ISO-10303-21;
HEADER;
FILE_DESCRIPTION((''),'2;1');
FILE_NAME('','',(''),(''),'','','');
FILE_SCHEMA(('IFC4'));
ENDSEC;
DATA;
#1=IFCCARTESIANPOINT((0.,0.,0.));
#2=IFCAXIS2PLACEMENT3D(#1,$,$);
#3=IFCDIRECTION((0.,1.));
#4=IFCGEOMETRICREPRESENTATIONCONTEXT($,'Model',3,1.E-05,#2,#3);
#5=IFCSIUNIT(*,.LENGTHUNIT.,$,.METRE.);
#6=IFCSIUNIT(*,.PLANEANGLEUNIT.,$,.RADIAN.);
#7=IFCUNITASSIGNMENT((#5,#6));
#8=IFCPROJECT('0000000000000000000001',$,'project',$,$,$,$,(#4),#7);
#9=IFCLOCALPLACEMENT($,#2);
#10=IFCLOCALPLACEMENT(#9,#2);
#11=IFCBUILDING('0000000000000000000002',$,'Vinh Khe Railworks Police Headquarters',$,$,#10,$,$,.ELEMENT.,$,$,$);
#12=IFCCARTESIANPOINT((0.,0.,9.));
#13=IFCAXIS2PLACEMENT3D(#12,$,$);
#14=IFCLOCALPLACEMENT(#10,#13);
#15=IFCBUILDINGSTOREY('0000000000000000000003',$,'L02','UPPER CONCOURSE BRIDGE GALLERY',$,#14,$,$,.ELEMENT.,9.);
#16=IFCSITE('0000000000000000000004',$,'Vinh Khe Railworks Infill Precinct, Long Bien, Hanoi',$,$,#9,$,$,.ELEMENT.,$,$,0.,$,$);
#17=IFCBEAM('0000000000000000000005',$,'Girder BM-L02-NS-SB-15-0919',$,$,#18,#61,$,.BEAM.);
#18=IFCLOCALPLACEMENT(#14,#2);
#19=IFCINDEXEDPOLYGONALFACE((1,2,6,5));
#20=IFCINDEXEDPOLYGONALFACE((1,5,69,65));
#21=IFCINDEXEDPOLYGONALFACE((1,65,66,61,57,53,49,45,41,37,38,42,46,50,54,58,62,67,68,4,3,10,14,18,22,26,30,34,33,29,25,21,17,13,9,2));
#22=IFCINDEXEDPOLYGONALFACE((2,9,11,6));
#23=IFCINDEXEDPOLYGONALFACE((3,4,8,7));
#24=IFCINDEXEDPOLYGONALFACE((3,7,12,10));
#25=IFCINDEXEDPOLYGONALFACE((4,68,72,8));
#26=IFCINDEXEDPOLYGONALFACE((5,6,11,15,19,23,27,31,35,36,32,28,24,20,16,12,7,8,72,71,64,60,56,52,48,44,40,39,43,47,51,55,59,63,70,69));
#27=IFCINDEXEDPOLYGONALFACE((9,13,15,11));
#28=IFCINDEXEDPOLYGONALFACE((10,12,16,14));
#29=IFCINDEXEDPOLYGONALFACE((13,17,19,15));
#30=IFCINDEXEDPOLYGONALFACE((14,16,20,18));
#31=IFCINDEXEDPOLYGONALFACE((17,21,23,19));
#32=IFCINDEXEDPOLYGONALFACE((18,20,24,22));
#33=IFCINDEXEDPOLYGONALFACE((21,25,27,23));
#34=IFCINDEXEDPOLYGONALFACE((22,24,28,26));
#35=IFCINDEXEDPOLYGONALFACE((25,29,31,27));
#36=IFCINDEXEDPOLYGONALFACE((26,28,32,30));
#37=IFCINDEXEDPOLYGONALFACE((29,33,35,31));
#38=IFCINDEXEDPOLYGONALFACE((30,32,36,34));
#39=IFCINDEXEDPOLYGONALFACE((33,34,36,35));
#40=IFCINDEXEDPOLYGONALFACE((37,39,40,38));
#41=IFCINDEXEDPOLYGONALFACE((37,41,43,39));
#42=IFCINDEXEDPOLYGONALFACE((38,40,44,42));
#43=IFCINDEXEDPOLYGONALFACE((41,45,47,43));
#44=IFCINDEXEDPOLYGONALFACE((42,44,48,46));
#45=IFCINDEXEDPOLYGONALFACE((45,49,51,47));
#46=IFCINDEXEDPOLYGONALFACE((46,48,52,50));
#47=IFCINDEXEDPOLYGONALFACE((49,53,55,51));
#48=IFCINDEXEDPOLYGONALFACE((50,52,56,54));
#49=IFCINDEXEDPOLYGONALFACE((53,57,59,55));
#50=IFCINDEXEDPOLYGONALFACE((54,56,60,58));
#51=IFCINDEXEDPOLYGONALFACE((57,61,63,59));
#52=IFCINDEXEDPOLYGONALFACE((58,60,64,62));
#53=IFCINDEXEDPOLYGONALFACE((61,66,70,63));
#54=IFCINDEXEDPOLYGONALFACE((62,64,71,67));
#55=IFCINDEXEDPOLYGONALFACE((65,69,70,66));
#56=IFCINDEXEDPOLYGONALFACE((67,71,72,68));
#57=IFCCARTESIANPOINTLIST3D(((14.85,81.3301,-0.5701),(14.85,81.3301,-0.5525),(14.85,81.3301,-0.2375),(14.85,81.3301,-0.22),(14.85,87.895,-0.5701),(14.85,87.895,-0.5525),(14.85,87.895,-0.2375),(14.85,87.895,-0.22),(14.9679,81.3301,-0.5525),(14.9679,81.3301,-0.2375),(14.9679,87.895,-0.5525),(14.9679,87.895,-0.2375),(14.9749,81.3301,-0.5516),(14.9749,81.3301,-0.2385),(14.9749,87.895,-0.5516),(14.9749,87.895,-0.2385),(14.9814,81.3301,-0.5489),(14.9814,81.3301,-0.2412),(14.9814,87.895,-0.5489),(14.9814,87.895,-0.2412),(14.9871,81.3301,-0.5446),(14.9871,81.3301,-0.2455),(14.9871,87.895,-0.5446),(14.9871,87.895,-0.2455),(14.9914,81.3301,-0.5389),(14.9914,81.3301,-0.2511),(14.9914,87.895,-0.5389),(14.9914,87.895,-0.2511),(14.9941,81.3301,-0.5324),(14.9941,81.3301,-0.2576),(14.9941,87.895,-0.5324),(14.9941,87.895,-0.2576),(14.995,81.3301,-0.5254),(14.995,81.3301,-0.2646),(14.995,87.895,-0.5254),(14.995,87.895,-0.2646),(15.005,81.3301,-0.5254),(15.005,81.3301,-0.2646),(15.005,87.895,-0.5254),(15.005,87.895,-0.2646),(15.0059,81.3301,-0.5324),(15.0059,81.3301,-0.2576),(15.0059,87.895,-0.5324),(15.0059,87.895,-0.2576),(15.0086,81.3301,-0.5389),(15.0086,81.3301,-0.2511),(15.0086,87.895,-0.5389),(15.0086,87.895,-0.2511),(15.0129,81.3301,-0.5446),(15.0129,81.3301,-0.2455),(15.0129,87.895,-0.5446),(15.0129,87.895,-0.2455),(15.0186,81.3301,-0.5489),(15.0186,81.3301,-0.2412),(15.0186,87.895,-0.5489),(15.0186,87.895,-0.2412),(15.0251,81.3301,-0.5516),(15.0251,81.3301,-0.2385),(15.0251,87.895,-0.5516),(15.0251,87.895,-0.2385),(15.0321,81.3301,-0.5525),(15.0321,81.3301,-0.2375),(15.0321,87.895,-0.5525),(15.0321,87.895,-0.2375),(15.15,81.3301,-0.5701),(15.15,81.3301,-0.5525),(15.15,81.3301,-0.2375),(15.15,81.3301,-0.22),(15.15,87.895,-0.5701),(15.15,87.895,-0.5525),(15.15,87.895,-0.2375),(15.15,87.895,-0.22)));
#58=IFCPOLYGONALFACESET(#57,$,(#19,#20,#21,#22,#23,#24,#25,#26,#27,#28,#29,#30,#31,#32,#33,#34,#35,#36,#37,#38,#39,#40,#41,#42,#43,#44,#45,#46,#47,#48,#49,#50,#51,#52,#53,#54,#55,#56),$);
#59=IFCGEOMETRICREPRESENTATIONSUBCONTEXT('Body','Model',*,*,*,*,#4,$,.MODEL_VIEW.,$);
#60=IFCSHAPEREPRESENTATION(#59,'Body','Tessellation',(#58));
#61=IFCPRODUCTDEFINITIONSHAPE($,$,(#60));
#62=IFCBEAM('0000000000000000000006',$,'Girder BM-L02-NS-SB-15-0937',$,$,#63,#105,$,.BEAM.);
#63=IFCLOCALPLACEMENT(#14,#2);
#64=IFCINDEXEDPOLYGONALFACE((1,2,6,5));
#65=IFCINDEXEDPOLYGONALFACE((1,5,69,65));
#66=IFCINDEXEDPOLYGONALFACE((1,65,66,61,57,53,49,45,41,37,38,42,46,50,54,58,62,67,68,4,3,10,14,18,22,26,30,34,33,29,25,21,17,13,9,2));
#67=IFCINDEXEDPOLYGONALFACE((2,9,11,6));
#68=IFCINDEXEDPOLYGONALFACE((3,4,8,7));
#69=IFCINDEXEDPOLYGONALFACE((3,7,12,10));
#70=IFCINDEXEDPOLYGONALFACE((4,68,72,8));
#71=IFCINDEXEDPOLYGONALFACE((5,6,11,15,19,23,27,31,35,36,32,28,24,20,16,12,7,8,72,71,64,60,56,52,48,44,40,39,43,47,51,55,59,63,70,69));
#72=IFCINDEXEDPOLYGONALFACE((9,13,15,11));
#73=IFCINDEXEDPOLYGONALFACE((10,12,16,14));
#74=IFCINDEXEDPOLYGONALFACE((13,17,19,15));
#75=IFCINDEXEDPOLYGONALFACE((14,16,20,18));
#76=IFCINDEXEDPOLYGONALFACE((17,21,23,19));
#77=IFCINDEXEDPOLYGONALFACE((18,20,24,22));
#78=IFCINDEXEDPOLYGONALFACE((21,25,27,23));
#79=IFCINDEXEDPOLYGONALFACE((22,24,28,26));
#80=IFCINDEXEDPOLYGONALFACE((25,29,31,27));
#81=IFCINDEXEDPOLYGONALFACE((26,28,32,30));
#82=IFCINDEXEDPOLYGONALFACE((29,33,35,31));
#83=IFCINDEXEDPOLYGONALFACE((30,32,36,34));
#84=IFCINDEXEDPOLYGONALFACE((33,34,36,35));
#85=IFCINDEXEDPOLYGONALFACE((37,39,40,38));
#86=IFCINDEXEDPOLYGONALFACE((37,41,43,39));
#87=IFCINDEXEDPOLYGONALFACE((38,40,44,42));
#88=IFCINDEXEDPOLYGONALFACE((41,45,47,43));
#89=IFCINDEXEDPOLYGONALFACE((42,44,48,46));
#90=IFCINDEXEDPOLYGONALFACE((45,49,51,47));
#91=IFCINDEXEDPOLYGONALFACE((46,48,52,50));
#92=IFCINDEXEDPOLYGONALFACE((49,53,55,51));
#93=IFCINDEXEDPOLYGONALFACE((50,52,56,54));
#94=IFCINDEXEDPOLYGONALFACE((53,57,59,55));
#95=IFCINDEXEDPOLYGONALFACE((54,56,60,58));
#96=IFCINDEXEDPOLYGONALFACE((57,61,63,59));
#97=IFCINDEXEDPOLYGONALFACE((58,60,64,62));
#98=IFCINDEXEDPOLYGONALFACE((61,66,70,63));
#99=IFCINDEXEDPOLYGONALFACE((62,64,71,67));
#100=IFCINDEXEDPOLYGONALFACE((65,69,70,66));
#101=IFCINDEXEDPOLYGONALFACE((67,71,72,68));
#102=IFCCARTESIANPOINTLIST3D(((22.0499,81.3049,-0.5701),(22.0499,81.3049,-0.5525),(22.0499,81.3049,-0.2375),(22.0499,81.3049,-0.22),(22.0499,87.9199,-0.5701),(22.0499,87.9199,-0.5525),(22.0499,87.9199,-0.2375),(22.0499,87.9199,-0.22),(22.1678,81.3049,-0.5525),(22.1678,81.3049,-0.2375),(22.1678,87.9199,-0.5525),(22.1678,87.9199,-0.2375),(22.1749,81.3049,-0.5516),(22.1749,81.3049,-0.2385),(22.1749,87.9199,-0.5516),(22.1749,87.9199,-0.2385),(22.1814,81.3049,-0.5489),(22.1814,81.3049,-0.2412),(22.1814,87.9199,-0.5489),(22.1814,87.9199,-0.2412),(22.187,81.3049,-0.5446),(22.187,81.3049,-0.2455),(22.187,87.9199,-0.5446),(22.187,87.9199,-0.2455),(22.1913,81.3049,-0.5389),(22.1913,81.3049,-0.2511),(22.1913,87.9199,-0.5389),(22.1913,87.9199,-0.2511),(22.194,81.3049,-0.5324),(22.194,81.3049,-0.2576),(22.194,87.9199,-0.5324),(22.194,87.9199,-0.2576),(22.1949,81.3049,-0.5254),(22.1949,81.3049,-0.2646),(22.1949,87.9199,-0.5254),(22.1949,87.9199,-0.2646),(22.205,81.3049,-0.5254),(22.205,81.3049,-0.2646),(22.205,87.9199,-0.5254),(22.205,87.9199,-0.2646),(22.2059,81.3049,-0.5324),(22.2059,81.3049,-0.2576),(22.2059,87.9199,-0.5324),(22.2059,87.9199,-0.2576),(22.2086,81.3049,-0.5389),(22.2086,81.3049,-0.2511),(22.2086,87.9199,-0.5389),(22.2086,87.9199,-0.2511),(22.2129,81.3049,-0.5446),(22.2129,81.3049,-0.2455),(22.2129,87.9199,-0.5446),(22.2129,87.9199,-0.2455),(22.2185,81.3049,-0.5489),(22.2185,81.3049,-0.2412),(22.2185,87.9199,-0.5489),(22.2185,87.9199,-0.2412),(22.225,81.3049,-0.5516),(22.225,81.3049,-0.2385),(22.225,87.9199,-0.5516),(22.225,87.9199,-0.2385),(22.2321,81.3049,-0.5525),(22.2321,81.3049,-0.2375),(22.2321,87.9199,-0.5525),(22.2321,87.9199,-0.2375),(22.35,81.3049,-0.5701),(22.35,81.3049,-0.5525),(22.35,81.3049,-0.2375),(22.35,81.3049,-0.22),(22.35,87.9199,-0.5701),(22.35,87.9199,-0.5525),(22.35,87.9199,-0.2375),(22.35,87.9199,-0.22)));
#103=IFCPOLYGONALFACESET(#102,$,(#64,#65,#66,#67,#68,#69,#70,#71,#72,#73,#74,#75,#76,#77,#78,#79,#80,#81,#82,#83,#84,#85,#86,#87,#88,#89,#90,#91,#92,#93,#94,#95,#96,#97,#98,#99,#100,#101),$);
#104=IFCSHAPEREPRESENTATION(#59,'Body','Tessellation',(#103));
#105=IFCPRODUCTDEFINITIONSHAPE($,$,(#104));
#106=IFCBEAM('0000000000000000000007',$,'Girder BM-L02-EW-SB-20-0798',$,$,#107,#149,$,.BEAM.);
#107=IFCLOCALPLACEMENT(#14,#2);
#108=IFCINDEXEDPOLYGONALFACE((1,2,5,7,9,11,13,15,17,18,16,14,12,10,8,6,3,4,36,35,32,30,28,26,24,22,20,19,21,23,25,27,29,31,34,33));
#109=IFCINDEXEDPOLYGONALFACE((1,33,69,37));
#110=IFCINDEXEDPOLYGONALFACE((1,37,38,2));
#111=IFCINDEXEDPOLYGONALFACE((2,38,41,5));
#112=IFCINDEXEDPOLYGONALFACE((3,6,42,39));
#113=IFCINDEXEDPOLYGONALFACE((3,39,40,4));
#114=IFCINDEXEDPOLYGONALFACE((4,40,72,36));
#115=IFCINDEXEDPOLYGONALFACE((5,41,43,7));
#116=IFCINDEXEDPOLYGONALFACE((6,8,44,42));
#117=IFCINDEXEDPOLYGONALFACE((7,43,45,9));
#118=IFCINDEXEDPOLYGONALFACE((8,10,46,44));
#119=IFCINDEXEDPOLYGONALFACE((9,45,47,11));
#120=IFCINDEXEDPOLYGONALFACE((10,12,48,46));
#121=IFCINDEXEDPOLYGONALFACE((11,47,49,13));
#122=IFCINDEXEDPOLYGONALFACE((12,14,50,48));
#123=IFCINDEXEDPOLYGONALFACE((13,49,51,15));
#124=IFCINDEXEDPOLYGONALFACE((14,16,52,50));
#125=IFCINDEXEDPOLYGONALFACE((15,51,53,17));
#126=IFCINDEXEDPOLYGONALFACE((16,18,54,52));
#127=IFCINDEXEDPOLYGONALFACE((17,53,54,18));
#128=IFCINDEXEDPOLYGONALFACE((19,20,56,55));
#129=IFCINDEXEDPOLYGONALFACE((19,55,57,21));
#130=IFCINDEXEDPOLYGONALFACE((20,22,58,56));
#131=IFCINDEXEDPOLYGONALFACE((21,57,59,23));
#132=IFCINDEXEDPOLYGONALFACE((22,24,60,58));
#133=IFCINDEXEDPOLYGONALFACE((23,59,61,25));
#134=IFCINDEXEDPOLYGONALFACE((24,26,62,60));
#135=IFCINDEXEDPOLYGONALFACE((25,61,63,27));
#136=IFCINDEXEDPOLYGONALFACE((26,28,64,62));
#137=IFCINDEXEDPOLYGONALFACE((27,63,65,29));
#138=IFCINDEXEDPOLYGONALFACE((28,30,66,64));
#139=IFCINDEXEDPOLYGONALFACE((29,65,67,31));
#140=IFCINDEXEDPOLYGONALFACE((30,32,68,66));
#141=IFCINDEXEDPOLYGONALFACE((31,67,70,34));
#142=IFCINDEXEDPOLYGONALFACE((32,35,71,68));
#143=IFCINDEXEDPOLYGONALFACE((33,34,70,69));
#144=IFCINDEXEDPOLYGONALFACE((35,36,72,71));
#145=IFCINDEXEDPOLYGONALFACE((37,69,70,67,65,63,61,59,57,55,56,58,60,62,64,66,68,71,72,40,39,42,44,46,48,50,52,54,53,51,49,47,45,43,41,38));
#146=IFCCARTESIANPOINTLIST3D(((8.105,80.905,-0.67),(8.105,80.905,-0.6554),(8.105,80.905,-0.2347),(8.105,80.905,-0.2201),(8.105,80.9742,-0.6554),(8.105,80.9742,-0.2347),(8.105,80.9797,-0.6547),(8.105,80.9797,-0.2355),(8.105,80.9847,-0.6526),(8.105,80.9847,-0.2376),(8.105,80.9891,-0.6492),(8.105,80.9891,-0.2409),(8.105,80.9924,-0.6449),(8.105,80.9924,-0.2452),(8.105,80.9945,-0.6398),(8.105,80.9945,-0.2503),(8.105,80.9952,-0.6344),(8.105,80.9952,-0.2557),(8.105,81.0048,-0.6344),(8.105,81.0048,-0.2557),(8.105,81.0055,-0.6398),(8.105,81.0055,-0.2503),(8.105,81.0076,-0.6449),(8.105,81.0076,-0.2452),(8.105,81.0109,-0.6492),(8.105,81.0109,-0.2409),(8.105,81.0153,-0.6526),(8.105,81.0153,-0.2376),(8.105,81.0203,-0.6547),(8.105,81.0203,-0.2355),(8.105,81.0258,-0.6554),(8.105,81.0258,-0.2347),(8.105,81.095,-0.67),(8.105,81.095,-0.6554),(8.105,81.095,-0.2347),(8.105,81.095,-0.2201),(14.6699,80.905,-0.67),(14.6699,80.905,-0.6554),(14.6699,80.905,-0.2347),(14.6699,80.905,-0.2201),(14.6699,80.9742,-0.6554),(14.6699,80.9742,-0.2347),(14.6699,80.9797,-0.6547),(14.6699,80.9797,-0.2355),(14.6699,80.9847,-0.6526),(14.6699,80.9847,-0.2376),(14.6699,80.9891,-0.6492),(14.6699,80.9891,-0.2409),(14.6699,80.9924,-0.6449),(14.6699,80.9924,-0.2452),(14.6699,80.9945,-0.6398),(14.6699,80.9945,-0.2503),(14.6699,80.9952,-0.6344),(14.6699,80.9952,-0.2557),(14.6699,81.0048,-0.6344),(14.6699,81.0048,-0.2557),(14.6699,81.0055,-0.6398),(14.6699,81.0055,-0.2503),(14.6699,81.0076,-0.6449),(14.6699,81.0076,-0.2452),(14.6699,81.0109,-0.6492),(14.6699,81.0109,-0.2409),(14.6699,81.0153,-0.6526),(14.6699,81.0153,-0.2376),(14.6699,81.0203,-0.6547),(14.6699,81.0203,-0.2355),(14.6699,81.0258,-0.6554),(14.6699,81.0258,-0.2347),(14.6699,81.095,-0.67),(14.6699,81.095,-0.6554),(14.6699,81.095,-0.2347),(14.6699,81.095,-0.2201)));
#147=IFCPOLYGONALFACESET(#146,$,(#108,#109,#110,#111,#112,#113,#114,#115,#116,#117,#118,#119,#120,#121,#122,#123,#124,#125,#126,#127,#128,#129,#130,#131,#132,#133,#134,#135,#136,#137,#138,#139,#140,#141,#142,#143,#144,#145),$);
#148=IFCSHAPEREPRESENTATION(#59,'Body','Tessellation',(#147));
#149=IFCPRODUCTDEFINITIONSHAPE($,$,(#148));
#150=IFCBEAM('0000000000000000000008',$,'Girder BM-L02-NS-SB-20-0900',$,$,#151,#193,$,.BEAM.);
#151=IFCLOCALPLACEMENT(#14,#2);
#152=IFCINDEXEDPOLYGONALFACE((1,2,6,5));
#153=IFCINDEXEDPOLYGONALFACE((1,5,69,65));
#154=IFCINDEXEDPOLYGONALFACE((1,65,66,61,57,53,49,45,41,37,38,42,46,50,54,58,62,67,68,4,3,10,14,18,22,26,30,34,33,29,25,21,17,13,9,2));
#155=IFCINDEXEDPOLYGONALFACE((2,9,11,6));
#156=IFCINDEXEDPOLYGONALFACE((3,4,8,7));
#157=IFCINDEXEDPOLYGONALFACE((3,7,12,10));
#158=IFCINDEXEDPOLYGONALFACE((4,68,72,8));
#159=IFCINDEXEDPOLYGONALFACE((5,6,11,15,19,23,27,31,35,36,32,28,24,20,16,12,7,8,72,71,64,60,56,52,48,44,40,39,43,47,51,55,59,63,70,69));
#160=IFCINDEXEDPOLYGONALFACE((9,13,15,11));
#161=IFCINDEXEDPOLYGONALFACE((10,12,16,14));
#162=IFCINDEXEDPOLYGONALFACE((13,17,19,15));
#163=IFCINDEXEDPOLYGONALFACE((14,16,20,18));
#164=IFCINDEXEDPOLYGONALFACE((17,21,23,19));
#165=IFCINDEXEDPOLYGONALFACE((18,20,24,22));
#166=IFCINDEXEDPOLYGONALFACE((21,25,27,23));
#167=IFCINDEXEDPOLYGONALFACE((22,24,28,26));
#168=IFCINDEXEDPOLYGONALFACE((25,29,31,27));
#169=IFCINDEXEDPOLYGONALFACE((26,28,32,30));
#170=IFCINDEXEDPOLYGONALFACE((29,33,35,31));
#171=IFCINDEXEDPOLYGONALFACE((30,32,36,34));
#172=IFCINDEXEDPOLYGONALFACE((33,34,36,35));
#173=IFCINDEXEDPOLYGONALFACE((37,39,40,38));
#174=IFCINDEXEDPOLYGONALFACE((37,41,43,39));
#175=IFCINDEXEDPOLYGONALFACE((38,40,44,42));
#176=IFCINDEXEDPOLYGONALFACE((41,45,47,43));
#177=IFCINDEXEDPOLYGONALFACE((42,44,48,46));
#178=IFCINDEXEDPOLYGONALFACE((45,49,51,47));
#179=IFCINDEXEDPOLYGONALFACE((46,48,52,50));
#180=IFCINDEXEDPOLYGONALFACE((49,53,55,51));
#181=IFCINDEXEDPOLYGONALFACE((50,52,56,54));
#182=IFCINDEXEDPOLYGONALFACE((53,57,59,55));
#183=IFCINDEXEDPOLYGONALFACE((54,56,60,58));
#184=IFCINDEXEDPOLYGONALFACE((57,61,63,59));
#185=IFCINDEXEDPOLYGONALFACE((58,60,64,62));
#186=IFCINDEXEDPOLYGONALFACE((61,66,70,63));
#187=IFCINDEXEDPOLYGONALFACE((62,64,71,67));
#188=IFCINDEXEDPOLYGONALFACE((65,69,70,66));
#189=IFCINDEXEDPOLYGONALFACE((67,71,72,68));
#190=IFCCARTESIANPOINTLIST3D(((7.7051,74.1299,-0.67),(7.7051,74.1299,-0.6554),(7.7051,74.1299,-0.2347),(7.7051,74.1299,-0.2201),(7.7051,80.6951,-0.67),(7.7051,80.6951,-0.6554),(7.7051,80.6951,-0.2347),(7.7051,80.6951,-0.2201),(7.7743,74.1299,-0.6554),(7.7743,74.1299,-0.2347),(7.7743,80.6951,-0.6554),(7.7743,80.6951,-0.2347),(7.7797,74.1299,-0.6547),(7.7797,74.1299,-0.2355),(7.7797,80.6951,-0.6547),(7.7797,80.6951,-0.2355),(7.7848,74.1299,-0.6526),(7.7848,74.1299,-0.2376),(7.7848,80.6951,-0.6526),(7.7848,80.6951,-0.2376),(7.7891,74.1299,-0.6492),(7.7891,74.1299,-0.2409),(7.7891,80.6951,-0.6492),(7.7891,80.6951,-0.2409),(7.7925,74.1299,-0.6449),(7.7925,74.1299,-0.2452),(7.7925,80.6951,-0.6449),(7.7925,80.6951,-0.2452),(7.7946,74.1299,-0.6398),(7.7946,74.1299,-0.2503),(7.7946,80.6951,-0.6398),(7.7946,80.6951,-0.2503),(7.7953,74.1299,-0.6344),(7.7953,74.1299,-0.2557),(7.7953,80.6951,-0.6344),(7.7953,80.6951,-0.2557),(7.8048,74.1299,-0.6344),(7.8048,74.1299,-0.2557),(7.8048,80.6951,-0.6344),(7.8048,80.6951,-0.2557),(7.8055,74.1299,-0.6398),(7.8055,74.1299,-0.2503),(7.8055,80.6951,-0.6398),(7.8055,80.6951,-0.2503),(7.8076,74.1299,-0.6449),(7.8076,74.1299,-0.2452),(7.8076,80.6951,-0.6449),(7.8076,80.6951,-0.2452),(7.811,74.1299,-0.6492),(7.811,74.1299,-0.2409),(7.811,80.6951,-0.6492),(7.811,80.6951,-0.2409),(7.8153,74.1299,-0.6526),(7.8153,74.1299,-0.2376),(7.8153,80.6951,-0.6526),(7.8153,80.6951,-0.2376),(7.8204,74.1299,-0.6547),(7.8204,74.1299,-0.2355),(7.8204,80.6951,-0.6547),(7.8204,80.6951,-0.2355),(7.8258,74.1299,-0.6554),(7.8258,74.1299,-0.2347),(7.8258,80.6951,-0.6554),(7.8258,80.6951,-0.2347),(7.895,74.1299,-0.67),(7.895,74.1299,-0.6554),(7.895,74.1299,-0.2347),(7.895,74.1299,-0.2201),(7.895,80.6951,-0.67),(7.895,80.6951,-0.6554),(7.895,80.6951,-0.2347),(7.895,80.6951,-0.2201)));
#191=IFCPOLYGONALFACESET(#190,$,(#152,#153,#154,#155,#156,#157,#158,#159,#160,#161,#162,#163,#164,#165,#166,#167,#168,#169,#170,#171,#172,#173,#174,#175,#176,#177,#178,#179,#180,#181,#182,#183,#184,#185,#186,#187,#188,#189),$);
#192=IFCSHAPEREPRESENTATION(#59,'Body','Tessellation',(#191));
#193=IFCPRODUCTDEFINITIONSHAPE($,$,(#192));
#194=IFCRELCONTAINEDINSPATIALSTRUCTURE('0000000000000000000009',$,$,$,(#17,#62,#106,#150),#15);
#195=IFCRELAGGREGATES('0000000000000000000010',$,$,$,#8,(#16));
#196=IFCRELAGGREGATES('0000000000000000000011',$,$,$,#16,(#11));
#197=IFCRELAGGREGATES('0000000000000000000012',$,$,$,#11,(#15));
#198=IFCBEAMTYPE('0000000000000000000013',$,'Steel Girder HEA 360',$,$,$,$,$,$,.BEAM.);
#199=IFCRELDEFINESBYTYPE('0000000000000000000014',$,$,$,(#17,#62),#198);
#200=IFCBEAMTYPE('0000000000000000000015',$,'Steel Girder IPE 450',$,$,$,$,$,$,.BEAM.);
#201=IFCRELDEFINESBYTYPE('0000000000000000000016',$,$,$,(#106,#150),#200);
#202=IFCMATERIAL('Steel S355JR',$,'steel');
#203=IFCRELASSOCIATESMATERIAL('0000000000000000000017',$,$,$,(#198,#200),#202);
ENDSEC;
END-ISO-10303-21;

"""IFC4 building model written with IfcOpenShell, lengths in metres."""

from ifc_helpers import new_model, si_unit, direction, frame, origin, origin_2d, place, context, subcontext, project, spatial, i_section, extrude, material, material_profile, profile_set, type_object, element, save


model = new_model("IFC4")

# Units and contexts
model_context = context("Model", 3, precision=1e-05, world=origin(), true_north=direction((0.0, 1.0)))
body_context = subcontext(model_context, "Body", "Model", "MODEL_VIEW")
ifc_project = project(units=[si_unit("LENGTHUNIT", "METRE"), si_unit("PLANEANGLEUNIT", "RADIAN")], contexts=[model_context])

# Site, building, storey
site_placement = place(None, origin())
site = spatial("IfcSite", under=ifc_project, at=site_placement, Name="Vinh Khe Railworks Infill Precinct, Long Bien, Hanoi", CompositionType="ELEMENT", RefElevation=0.0)
building_placement = place(site_placement, origin())
building = spatial("IfcBuilding", under=site, at=building_placement, Name="Vinh Khe Railworks Police Headquarters", CompositionType="ELEMENT")
storey_placement = place(building_placement, frame((0.0, 0.0, 9.0)))
storey = spatial("IfcBuildingStorey", under=building, at=storey_placement, Name="L02", Description="UPPER CONCOURSE BRIDGE GALLERY", CompositionType="ELEMENT", Elevation=9.0)

# Shared definitions
ifc_material_1 = material(Name="Steel S355JR", Category="steel")

# Beams
ifc_material_profile_1 = material_profile(ifc_material_1, i_section(OverallWidth=0.3, OverallDepth=0.3501, WebThickness=0.01, FlangeThickness=0.0176, FilletRadius=0.0271, at=origin_2d()), Name="HEA 360")
ifc_profile_set_1 = profile_set([ifc_material_profile_1], Name="Steel S355JR")
beam_type_1 = type_object("IfcBeamType", Name="Steel Girder HEA 360", PredefinedType="BEAM", material=ifc_profile_set_1)
beam_1_placement = place(storey_placement, frame((15.0, 81.3301, -0.395), z_axis=(0.0, 1.0, 0.0), x_axis=(-1.0, 0.0, 0.0)))
element("IfcBeam", 1, at=beam_1_placement, inside=storey, type_object=beam_type_1, Name="Girder BM-L02-NS-SB-15-0919", PredefinedType="BEAM", context=body_context, shape_type="SweptSolid", body=[
    extrude(i_section(OverallWidth=0.3, OverallDepth=0.3501, WebThickness=0.01, FlangeThickness=0.0176, FilletRadius=0.0271, at=origin_2d()), origin(), (0.0, 0.0, 1.0), 6.5649),
])
beam_2_placement = place(storey_placement, frame((22.2, 81.3049, -0.395), z_axis=(0.0, 1.0, 0.0), x_axis=(-1.0, 0.0, 0.0)))
element("IfcBeam", 2, at=beam_2_placement, inside=storey, type_object=beam_type_1, Name="Girder BM-L02-NS-SB-15-0937", PredefinedType="BEAM", context=body_context, shape_type="SweptSolid", body=[
    extrude(i_section(OverallWidth=0.3, OverallDepth=0.3501, WebThickness=0.01, FlangeThickness=0.0176, FilletRadius=0.0271, at=origin_2d()), origin(), (0.0, 0.0, 1.0), 6.615),
])
ifc_material_profile_2 = material_profile(ifc_material_1, i_section(OverallWidth=0.1899, OverallDepth=0.45, WebThickness=0.0095, FlangeThickness=0.0146, FilletRadius=0.021, at=origin_2d()), Name="IPE 450")
ifc_profile_set_2 = profile_set([ifc_material_profile_2], Name="Steel S355JR")
beam_type_2 = type_object("IfcBeamType", Name="Steel Girder IPE 450", PredefinedType="BEAM", material=ifc_profile_set_2)
beam_3_placement = place(storey_placement, frame((8.105, 81.0, -0.4451), z_axis=(1.0, 0.0, 0.0), x_axis=(0.0, 1.0, 0.0)))
element("IfcBeam", 3, at=beam_3_placement, inside=storey, type_object=beam_type_2, Name="Girder BM-L02-EW-SB-20-0798", PredefinedType="BEAM", context=body_context, shape_type="SweptSolid", body=[
    extrude(i_section(OverallWidth=0.1899, OverallDepth=0.45, WebThickness=0.0095, FlangeThickness=0.0146, FilletRadius=0.021, at=origin_2d()), origin(), (0.0, 0.0, 1.0), 6.5649),
])
beam_4_placement = place(storey_placement, frame((7.8, 74.1299, -0.4451), z_axis=(0.0, 1.0, 0.0), x_axis=(-1.0, 0.0, 0.0)))
element("IfcBeam", 4, at=beam_4_placement, inside=storey, type_object=beam_type_2, Name="Girder BM-L02-NS-SB-20-0900", PredefinedType="BEAM", context=body_context, shape_type="SweptSolid", body=[
    extrude(i_section(OverallWidth=0.1899, OverallDepth=0.45, WebThickness=0.0095, FlangeThickness=0.0146, FilletRadius=0.021, at=origin_2d()), origin(), (0.0, 0.0, 1.0), 6.5652),
])

save(model, "model.ifc")
